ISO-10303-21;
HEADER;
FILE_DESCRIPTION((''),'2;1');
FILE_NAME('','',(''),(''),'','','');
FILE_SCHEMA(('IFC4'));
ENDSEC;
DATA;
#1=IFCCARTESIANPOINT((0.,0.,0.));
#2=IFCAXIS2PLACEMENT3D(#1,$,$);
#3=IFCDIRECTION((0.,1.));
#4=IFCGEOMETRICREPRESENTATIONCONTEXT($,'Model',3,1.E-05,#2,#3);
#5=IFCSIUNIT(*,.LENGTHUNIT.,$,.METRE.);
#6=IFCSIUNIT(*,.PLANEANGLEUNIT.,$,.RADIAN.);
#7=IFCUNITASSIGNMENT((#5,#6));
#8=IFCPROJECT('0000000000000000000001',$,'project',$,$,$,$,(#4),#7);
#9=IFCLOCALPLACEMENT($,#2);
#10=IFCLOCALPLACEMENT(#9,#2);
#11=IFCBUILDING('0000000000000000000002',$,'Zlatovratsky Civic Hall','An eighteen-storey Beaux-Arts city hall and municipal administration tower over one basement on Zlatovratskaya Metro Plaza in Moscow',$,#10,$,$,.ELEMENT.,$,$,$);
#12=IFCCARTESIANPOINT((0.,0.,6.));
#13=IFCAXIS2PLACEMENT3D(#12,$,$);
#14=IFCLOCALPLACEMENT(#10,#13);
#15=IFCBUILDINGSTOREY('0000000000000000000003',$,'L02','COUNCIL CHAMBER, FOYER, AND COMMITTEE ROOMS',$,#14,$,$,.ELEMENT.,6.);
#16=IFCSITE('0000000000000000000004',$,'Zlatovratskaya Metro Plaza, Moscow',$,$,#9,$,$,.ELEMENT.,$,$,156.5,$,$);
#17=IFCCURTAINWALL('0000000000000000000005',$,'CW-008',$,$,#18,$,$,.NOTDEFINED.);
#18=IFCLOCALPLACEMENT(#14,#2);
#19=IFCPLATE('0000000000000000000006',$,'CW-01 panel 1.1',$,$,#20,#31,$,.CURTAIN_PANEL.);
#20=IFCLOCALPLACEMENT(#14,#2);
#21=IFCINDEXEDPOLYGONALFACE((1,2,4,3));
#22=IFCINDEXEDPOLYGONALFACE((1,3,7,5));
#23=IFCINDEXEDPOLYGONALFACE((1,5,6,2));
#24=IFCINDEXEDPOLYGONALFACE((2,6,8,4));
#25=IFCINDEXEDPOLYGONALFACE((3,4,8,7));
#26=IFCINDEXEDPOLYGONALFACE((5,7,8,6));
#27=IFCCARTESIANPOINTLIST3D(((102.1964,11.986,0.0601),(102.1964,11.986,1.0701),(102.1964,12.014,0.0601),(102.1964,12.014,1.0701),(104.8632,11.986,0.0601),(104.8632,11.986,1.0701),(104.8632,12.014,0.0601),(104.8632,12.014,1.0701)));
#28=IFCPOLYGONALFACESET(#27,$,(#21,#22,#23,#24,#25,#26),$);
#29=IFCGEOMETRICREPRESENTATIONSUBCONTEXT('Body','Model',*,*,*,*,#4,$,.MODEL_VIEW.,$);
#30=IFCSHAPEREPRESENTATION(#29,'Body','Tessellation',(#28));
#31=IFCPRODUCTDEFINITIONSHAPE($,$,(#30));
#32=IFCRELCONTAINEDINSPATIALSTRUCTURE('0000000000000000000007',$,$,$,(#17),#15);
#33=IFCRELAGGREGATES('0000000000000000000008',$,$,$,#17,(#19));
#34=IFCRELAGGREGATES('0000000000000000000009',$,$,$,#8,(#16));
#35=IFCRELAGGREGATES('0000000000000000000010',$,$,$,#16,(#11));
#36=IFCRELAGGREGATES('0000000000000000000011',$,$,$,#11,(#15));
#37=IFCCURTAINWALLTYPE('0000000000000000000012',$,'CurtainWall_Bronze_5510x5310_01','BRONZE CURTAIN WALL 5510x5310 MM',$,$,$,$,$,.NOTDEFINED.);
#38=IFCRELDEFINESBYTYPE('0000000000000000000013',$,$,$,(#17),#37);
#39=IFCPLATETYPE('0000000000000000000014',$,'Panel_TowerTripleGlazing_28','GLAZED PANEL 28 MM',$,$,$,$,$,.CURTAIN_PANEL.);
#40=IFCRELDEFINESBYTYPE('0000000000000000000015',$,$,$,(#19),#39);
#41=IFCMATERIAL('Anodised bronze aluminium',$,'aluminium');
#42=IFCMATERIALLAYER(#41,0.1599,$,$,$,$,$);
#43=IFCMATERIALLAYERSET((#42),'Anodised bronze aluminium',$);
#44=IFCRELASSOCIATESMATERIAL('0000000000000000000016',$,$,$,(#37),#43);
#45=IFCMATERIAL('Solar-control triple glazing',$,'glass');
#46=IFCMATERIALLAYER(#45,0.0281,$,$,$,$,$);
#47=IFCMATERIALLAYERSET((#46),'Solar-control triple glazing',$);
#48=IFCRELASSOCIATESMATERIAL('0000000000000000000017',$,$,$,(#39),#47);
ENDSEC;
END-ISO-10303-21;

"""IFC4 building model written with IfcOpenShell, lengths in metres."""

from ifc_helpers import new_model, si_unit, direction, frame, origin, origin_2d, place, context, subcontext, project, spatial, rectangle, extrude, material, layer, layer_set, type_object, element, aggregate, save


model = new_model("IFC4")

# Units and contexts
model_context = context("Model", 3, precision=1e-05, world=origin(), true_north=direction((0.0, 1.0)))
body_context = subcontext(model_context, "Body", "Model", "MODEL_VIEW")
ifc_project = project(units=[si_unit("LENGTHUNIT", "METRE"), si_unit("PLANEANGLEUNIT", "RADIAN")], contexts=[model_context])

# Site, building, storey
site_placement = place(None, origin())
site = spatial("IfcSite", under=ifc_project, at=site_placement, Name="Zlatovratskaya Metro Plaza, Moscow", CompositionType="ELEMENT", RefElevation=156.5)
building_placement = place(site_placement, origin())
building = spatial("IfcBuilding", under=site, at=building_placement, Name="Zlatovratsky Civic Hall", Description="An eighteen-storey Beaux-Arts city hall and municipal administration tower over one basement on Zlatovratskaya Metro Plaza in Moscow", CompositionType="ELEMENT")
storey_placement = place(building_placement, frame((0.0, 0.0, 6.0)))
storey = spatial("IfcBuildingStorey", under=building, at=storey_placement, Name="L02", Description="COUNCIL CHAMBER, FOYER, AND COMMITTEE ROOMS", CompositionType="ELEMENT", Elevation=6.0)

# Shared definitions
ifc_material_1 = material(Name="Anodised bronze aluminium", Category="aluminium")

# Curtain wall
ifc_layer_1 = layer(ifc_material_1, 0.1599)
ifc_layer_set_1 = layer_set([ifc_layer_1], Name="Anodised bronze aluminium")
curtain_wall_type_1 = type_object("IfcCurtainWallType", Name="CurtainWall_Bronze_5510x5310_01", Description="BRONZE CURTAIN WALL 5510x5310 MM", PredefinedType="NOTDEFINED", material=ifc_layer_set_1)
curtain_wall_1_placement = place(storey_placement, origin())
curtain_wall_1 = element("IfcCurtainWall", 1, at=curtain_wall_1_placement, inside=storey, type_object=curtain_wall_type_1, Name="CW-008", PredefinedType="NOTDEFINED")

# Plate
ifc_material_2 = material(Name="Solar-control triple glazing", Category="glass")
ifc_layer_2 = layer(ifc_material_2, 0.0281)
ifc_layer_set_2 = layer_set([ifc_layer_2], Name="Solar-control triple glazing")
plate_type = type_object("IfcPlateType", Name="Panel_TowerTripleGlazing_28", Description="GLAZED PANEL 28 MM", PredefinedType="CURTAIN_PANEL", material=ifc_layer_set_2)
plate_1_placement = place(storey_placement, frame((103.5298, 12.0, 0.0601), z_axis=(0.0, 0.0, 1.0), x_axis=(1.0, 0.0, 0.0)))
plate_1 = element("IfcPlate", 2, at=plate_1_placement, type_object=plate_type, Name="CW-01 panel 1.1", PredefinedType="CURTAIN_PANEL", context=body_context, shape_type="SweptSolid", body=[
    extrude(rectangle(XDim=2.6667, YDim=0.0281, at=origin_2d()), origin(), (0.0, 0.0, 1.0), 1.01),
])
aggregate(curtain_wall_1, [plate_1])

save(model, "model.ifc")
